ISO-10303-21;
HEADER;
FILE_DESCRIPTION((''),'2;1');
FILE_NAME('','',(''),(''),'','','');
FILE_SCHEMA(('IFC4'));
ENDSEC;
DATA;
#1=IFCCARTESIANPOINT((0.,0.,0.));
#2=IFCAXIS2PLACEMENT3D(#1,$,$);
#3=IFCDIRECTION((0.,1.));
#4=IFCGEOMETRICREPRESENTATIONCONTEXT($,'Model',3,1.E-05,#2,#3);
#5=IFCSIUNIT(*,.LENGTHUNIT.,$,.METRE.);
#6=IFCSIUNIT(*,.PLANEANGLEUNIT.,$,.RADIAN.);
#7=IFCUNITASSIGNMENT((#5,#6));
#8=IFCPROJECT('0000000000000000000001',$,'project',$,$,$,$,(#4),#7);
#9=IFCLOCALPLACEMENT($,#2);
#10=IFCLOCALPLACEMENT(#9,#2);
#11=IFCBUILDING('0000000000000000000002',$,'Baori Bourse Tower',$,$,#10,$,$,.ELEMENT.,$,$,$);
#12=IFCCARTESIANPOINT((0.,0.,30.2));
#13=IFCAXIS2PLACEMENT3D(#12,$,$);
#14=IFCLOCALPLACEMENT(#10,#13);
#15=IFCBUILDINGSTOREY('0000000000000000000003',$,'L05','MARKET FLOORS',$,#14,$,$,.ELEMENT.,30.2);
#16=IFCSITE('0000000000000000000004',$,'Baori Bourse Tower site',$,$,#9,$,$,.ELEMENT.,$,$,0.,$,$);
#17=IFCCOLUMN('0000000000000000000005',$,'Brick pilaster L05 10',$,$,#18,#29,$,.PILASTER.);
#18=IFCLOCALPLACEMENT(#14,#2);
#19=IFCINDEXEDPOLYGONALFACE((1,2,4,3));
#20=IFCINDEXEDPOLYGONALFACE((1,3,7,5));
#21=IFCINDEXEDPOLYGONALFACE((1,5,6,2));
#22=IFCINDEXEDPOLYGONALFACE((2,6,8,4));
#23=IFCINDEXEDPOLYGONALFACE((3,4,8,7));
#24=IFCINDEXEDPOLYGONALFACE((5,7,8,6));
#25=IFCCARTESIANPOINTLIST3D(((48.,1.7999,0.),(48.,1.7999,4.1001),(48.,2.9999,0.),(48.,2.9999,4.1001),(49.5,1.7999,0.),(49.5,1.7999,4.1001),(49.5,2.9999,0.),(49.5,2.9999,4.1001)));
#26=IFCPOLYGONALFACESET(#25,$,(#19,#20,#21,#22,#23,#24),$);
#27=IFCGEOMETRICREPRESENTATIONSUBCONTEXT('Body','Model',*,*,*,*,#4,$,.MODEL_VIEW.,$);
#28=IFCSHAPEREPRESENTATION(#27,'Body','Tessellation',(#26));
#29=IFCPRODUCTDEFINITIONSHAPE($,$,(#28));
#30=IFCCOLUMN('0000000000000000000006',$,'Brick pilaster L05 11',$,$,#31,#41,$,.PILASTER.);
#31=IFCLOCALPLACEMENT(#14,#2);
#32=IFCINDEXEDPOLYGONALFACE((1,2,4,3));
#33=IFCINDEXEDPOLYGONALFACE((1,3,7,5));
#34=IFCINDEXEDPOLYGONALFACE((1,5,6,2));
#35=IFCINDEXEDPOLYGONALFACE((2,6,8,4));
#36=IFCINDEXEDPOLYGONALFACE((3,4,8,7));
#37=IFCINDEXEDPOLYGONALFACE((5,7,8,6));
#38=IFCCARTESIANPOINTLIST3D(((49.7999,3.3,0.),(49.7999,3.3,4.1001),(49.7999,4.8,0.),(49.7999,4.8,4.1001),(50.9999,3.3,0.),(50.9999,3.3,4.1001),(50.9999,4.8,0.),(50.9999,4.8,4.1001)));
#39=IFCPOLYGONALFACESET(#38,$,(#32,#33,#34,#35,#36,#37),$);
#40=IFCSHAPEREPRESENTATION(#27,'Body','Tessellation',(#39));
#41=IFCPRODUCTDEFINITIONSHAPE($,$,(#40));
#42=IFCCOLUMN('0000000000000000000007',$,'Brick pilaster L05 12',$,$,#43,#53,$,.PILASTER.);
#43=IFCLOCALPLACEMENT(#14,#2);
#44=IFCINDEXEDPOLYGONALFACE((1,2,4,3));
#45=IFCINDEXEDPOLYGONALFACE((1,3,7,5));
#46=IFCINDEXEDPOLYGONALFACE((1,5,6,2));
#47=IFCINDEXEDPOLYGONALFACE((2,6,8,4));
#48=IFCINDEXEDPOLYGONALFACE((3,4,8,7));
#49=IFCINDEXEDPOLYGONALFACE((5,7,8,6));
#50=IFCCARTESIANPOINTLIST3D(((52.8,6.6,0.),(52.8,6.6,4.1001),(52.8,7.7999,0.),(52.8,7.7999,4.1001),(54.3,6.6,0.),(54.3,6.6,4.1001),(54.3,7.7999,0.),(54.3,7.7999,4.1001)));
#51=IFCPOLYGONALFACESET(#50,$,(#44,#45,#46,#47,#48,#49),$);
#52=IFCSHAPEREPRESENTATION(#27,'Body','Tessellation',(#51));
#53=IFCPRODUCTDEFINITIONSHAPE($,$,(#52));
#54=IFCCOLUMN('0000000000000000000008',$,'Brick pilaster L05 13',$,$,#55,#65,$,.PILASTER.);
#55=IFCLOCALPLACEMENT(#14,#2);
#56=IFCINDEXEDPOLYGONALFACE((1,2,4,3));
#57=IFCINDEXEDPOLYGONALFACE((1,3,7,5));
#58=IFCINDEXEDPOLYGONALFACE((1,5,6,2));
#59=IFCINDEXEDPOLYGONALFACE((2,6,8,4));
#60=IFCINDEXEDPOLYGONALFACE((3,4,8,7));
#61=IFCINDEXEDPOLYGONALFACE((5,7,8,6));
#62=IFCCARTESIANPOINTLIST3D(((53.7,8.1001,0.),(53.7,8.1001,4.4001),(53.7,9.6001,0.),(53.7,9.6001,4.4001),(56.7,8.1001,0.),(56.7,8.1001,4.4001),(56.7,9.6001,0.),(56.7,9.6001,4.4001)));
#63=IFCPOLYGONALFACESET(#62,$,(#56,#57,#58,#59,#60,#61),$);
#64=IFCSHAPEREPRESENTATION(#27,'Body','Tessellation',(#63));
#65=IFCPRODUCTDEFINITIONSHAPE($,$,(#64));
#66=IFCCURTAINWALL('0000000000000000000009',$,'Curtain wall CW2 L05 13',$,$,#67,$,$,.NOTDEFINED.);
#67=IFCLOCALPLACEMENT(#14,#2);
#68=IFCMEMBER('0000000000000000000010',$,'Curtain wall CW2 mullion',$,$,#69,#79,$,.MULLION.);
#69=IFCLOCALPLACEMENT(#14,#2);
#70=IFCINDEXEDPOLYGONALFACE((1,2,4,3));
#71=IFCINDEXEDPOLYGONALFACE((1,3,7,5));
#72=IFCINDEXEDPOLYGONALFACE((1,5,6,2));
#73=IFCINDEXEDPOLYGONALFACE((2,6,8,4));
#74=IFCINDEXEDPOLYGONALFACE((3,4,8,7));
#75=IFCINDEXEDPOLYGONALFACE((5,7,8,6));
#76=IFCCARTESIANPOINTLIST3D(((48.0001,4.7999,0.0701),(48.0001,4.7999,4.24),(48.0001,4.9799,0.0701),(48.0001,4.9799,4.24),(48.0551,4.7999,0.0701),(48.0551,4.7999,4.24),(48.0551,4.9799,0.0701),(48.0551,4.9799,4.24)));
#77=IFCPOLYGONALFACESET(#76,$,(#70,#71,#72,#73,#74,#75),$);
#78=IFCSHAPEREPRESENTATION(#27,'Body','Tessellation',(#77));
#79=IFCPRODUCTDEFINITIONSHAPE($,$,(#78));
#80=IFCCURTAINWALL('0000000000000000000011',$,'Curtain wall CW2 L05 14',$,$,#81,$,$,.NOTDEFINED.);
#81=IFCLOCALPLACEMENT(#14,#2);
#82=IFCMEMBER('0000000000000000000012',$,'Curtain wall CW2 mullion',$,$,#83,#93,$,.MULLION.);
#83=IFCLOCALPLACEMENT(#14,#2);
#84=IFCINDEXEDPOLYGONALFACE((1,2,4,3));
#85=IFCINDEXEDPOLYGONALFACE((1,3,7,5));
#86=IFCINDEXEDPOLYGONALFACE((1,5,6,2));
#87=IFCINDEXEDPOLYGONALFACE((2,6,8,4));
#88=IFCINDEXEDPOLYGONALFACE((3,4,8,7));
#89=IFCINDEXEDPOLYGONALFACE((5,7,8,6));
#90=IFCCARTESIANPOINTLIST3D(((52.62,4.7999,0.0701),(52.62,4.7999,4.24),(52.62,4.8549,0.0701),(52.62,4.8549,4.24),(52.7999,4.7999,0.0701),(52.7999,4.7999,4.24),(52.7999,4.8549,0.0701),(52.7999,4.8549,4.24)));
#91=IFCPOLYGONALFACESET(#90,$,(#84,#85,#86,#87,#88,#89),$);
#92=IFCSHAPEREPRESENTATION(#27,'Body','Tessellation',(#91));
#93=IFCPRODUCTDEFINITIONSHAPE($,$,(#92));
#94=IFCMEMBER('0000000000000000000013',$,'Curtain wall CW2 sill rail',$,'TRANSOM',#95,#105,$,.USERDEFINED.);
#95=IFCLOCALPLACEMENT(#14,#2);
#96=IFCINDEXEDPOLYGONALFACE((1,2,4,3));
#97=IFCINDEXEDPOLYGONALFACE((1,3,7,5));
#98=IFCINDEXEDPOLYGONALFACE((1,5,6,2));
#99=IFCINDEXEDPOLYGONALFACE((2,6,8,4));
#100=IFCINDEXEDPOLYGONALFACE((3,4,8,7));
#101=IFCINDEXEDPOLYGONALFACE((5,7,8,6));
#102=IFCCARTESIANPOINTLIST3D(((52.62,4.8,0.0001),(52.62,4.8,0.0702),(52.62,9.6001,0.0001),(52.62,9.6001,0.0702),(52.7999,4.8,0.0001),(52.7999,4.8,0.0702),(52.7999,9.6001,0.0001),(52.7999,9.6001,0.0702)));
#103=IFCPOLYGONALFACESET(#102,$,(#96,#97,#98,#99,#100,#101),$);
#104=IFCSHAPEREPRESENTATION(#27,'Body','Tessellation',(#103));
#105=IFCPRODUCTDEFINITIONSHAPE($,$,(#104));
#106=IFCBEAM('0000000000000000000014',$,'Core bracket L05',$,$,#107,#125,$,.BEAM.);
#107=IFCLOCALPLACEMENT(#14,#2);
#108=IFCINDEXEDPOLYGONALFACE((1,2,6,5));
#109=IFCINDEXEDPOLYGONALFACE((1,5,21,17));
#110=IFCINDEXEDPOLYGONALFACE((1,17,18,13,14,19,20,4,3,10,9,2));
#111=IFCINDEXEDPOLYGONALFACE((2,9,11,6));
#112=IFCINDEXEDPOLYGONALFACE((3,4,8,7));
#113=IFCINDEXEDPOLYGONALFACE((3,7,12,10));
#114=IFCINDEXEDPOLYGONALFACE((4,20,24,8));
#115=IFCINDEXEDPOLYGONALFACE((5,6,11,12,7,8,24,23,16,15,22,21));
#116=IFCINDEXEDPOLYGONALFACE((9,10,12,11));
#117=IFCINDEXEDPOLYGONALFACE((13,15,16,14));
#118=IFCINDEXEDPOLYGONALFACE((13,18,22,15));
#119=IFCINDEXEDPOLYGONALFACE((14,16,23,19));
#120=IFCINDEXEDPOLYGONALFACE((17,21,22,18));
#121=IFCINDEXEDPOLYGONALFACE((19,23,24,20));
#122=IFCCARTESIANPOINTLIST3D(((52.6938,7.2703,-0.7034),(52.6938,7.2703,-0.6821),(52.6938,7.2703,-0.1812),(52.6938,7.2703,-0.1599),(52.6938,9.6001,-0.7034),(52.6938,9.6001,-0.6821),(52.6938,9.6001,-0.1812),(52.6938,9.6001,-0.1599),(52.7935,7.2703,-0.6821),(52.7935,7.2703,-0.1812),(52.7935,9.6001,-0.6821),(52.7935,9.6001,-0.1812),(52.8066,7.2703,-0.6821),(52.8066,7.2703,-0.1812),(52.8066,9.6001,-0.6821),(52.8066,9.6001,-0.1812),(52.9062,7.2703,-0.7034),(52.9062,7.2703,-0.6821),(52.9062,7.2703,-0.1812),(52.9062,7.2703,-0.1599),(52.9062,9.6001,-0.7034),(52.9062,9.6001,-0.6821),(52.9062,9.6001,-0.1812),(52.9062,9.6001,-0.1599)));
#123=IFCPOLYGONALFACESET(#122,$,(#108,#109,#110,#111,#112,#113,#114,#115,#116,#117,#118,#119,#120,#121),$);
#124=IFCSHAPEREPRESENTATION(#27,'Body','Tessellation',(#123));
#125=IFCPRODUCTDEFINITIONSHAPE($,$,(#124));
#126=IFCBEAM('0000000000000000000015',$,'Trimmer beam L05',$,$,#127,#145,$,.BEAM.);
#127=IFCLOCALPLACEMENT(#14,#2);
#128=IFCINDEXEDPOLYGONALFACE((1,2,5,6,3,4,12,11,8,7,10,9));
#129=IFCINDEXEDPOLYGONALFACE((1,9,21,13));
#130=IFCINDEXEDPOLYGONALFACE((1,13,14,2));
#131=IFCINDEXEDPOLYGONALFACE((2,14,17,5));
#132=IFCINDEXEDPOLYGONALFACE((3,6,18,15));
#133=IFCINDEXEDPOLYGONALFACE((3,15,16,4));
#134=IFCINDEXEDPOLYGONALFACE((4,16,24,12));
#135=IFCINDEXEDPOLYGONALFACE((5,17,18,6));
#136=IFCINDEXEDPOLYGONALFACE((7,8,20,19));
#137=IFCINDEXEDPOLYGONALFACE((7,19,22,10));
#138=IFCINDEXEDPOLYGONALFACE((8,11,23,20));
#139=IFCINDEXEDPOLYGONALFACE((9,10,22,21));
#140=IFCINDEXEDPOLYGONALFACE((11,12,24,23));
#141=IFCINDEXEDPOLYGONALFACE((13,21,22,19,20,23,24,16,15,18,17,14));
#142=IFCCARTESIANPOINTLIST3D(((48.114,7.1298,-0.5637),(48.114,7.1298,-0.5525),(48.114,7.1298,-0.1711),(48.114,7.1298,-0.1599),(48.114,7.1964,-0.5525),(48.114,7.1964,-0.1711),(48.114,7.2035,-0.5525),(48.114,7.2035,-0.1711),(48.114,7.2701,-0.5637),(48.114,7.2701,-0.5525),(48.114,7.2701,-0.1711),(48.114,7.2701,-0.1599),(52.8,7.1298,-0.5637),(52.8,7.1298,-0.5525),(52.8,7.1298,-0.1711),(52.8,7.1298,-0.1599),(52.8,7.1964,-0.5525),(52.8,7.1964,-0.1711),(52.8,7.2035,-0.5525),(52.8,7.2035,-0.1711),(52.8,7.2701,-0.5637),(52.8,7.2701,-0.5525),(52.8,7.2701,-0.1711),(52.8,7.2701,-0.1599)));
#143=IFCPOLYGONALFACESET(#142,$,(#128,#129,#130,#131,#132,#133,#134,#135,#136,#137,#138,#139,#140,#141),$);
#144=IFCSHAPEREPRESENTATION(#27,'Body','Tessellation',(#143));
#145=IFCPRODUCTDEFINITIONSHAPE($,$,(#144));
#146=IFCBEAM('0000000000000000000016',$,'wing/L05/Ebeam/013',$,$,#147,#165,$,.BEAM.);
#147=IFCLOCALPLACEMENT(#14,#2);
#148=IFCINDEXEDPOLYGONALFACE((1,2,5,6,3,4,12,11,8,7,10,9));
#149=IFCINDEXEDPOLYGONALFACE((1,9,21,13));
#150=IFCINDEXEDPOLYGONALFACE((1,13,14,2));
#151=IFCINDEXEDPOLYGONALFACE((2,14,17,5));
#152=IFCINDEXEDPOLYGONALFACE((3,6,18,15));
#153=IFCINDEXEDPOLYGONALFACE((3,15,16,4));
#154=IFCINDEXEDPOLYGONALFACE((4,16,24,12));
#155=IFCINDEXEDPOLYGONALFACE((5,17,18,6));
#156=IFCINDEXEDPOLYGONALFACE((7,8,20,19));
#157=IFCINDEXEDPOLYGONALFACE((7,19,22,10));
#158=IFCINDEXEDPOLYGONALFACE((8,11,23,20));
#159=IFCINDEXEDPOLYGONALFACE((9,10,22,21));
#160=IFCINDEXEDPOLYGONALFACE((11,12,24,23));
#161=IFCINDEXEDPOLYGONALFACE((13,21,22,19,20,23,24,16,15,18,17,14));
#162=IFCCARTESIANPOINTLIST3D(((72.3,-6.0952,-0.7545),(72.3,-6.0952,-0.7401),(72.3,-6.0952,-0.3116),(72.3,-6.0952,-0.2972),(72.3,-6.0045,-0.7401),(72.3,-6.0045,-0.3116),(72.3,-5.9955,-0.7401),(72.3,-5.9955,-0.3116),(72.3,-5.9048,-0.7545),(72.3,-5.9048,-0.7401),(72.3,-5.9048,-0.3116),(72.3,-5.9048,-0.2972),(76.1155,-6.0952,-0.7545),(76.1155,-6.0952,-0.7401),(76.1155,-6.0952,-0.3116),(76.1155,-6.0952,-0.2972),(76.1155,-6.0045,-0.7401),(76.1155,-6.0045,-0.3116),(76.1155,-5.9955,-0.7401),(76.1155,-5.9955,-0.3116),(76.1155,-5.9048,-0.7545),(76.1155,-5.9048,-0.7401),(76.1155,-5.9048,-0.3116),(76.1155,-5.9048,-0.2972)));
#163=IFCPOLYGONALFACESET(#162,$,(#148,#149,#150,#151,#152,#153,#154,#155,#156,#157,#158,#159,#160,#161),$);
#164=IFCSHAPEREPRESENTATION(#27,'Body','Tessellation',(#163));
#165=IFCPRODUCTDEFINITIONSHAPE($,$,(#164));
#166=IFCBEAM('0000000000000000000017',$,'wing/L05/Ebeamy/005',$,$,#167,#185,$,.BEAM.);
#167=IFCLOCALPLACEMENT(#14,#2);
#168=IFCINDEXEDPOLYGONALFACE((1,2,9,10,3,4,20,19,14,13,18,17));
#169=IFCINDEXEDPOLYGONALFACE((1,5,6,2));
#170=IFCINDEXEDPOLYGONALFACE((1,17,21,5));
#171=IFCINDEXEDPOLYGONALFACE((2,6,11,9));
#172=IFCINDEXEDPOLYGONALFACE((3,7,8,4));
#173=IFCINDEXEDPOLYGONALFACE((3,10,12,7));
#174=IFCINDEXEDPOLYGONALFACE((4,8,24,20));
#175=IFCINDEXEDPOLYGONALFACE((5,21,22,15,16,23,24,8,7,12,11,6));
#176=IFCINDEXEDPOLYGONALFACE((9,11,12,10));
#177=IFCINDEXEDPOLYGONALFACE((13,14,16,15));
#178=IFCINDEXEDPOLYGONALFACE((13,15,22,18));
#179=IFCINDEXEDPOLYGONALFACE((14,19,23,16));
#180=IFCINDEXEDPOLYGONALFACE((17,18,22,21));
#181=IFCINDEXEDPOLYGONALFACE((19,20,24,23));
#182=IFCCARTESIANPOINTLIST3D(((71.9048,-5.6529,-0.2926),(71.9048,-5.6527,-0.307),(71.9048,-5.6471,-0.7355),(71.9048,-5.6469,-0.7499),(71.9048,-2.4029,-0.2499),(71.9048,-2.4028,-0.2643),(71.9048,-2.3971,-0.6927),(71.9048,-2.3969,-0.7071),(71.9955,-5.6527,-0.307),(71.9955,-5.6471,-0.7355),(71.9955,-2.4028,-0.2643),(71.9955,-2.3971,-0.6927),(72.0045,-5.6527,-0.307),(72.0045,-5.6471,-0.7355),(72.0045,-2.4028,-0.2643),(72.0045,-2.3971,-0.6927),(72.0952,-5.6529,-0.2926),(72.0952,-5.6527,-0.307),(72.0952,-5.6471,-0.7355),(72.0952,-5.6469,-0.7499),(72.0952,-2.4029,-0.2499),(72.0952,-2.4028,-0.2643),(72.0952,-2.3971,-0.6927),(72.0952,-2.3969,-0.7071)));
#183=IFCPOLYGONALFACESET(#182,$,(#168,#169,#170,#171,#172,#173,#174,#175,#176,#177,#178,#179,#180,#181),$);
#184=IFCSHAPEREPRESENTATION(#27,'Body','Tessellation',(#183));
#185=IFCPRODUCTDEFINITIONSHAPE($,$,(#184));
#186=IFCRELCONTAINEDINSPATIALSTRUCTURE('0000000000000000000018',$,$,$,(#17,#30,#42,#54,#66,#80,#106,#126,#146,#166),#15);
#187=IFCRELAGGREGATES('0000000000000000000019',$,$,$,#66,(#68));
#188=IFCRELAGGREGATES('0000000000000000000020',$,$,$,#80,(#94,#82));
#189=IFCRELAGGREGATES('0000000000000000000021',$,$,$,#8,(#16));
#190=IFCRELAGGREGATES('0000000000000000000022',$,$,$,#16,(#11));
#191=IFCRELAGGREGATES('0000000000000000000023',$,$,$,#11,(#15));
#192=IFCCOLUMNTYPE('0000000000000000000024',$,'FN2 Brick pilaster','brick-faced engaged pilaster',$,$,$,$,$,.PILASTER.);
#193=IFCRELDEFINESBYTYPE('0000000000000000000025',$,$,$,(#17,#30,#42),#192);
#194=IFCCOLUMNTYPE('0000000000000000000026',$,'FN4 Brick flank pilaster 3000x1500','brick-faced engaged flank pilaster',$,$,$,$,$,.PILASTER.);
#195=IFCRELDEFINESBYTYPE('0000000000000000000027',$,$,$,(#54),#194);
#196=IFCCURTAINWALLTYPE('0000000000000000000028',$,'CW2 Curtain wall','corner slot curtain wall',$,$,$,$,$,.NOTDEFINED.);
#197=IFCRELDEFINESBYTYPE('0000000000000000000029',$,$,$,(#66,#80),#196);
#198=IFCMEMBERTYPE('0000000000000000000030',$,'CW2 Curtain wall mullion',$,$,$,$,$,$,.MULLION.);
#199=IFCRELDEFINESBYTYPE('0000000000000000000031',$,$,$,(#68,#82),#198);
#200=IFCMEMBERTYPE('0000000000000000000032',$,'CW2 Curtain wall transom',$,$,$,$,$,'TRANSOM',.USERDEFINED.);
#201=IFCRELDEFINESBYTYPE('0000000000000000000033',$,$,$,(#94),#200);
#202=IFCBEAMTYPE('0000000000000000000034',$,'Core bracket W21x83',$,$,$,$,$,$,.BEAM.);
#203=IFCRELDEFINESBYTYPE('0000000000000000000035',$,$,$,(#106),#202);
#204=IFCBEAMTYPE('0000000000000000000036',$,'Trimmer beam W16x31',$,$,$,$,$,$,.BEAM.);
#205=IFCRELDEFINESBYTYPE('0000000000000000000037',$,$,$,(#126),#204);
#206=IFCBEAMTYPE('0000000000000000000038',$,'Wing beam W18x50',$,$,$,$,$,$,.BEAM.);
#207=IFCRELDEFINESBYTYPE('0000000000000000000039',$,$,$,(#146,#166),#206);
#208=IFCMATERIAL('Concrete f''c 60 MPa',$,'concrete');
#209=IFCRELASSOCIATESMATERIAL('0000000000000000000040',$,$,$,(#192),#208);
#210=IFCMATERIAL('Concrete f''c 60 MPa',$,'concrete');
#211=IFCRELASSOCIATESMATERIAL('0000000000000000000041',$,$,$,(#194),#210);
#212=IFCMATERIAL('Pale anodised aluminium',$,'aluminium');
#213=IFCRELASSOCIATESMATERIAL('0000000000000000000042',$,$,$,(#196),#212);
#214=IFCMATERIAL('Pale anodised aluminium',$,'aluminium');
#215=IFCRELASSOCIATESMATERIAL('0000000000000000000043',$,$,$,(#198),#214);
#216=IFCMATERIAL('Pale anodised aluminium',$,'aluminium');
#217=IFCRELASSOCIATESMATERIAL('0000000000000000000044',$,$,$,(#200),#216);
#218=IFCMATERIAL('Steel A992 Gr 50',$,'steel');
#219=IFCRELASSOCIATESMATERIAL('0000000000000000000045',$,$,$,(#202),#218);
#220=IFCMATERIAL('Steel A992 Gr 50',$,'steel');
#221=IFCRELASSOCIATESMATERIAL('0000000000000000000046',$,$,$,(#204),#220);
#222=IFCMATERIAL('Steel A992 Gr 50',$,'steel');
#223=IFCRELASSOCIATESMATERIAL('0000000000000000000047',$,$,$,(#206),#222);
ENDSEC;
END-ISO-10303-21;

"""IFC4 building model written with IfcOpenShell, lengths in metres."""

from ifc_helpers import new_model, si_unit, direction, frame, origin, origin_2d, place, context, subcontext, project, spatial, rectangle, i_section, extrude, material, material_profile, profile_set, type_object, element, aggregate, save


model = new_model("IFC4")

# Units and contexts
model_context = context("Model", 3, precision=1e-05, world=origin(), true_north=direction((0.0, 1.0)))
body_context = subcontext(model_context, "Body", "Model", "MODEL_VIEW")
ifc_project = project(units=[si_unit("LENGTHUNIT", "METRE"), si_unit("PLANEANGLEUNIT", "RADIAN")], contexts=[model_context])

# Site, building, storey
site_placement = place(None, origin())
site = spatial("IfcSite", under=ifc_project, at=site_placement, Name="Baori Bourse Tower site", CompositionType="ELEMENT", RefElevation=0.0)
building_placement = place(site_placement, origin())
building = spatial("IfcBuilding", under=site, at=building_placement, Name="Baori Bourse Tower", CompositionType="ELEMENT")
storey_placement = place(building_placement, frame((0.0, 0.0, 30.2)))
storey = spatial("IfcBuildingStorey", under=building, at=storey_placement, Name="L05", Description="MARKET FLOORS", CompositionType="ELEMENT", Elevation=30.2)

# Columns
ifc_material_1 = material(Name="Concrete f'c 60 MPa", Category="concrete")
ifc_material_profile_1 = material_profile(ifc_material_1, rectangle(XDim=1.2, YDim=1.5, at=origin_2d()), Name="RC 1200x1500")
ifc_profile_set_1 = profile_set([ifc_material_profile_1], Name="Concrete f'c 60 MPa")
column_type_1 = type_object("IfcColumnType", Name="FN2 Brick pilaster", Description="brick-faced engaged pilaster", PredefinedType="PILASTER", material=ifc_profile_set_1)
for number, where, z_axis, x_axis, name in (
    (1, (48.75, 2.3999, 0.0), (0.0, 0.0, 1.0), (0.0, 1.0, 0.0), "Brick pilaster L05 10"),
    (2, (50.3999, 4.05, 0.0), (0.0, 0.0, 1.0), (1.0, 0.0, 0.0), "Brick pilaster L05 11"),
    (3, (53.55, 7.2, 0.0), (0.0, 0.0, 1.0), (0.0, 1.0, 0.0), "Brick pilaster L05 12"),
):
    element("IfcColumn", number, at=place(storey_placement, frame(where, z_axis=z_axis, x_axis=x_axis)), inside=storey, type_object=column_type_1, Name=name, PredefinedType="PILASTER", context=body_context, shape_type="SweptSolid", body=[
        extrude(rectangle(XDim=1.2, YDim=1.5, at=origin_2d()), origin(), (0.0, 0.0, 1.0), 4.1001),
    ])
ifc_material_2 = material(Name="Concrete f'c 60 MPa", Category="concrete")
ifc_material_profile_2 = material_profile(ifc_material_2, rectangle(XDim=3.0, YDim=1.5, at=origin_2d()), Name="RC 3000x1500")
ifc_profile_set_2 = profile_set([ifc_material_profile_2], Name="Concrete f'c 60 MPa")
column_type_2 = type_object("IfcColumnType", Name="FN4 Brick flank pilaster 3000x1500", Description="brick-faced engaged flank pilaster", PredefinedType="PILASTER", material=ifc_profile_set_2)
column_placement = place(storey_placement, frame((55.2, 8.8501, 0.0), z_axis=(0.0, 0.0, 1.0), x_axis=(1.0, 0.0, 0.0)))
element("IfcColumn", 4, at=column_placement, inside=storey, type_object=column_type_2, Name="Brick pilaster L05 13", PredefinedType="PILASTER", context=body_context, shape_type="SweptSolid", body=[
    extrude(rectangle(XDim=3.0, YDim=1.5, at=origin_2d()), origin(), (0.0, 0.0, 1.0), 4.4001),
])

# Curtain wall, member
ifc_material_3 = material(Name="Pale anodised aluminium", Category="aluminium")
curtain_wall_type = type_object("IfcCurtainWallType", Name="CW2 Curtain wall", Description="corner slot curtain wall", PredefinedType="NOTDEFINED", material=ifc_material_3)
curtain_wall_1_placement = place(storey_placement, origin())
curtain_wall_1 = element("IfcCurtainWall", 5, at=curtain_wall_1_placement, inside=storey, type_object=curtain_wall_type, Name="Curtain wall CW2 L05 13", PredefinedType="NOTDEFINED")
ifc_material_4 = material(Name="Pale anodised aluminium", Category="aluminium")
ifc_material_profile_3 = material_profile(ifc_material_4, rectangle(XDim=0.1799, YDim=0.0549, at=origin_2d()), Name="Mullion 55x180")
ifc_profile_set_3 = profile_set([ifc_material_profile_3], Name="Pale anodised aluminium")
member_type_1 = type_object("IfcMemberType", Name="CW2 Curtain wall mullion", PredefinedType="MULLION", material=ifc_profile_set_3)
member_1_placement = place(storey_placement, frame((48.0276, 4.8899, 0.0701), z_axis=(0.0, 0.0, 1.0), x_axis=(0.0, 1.0, 0.0)))
member_1 = element("IfcMember", 6, at=member_1_placement, type_object=member_type_1, Name="Curtain wall CW2 mullion", PredefinedType="MULLION", context=body_context, shape_type="SweptSolid", body=[
    extrude(rectangle(XDim=0.1799, YDim=0.0549, at=origin_2d()), origin(), (0.0, 0.0, 1.0), 4.1699),
])

# Curtain wall, members
curtain_wall_2_placement = place(storey_placement, origin())
curtain_wall_2 = element("IfcCurtainWall", 7, at=curtain_wall_2_placement, inside=storey, type_object=curtain_wall_type, Name="Curtain wall CW2 L05 14", PredefinedType="NOTDEFINED")
member_2_placement = place(storey_placement, frame((52.71, 4.8274, 0.0701), z_axis=(0.0, 0.0, 1.0), x_axis=(-1.0, 0.0, 0.0)))
member_2 = element("IfcMember", 8, at=member_2_placement, type_object=member_type_1, Name="Curtain wall CW2 mullion", PredefinedType="MULLION", context=body_context, shape_type="SweptSolid", body=[
    extrude(rectangle(XDim=0.1799, YDim=0.0549, at=origin_2d()), origin(), (0.0, 0.0, 1.0), 4.1699),
])
ifc_material_5 = material(Name="Pale anodised aluminium", Category="aluminium")
ifc_material_profile_4 = material_profile(ifc_material_5, rectangle(XDim=0.1799, YDim=0.0701, at=origin_2d()), Name="Transom 70x180")
ifc_profile_set_4 = profile_set([ifc_material_profile_4], Name="Pale anodised aluminium")
member_type_2 = type_object("IfcMemberType", Name="CW2 Curtain wall transom", ElementType="TRANSOM", PredefinedType="USERDEFINED", material=ifc_profile_set_4)
member_3_placement = place(storey_placement, frame((52.71, 4.8, 0.0352), z_axis=(0.0, 1.0, 0.0), x_axis=(-1.0, 0.0, 0.0)))
member_3 = element("IfcMember", 9, at=member_3_placement, type_object=member_type_2, Name="Curtain wall CW2 sill rail", ObjectType="TRANSOM", PredefinedType="USERDEFINED", context=body_context, shape_type="SweptSolid", body=[
    extrude(rectangle(XDim=0.1799, YDim=0.0701, at=origin_2d()), origin(), (0.0, 0.0, 1.0), 4.8),
])

# Beams
ifc_material_6 = material(Name="Steel A992 Gr 50", Category="steel")
ifc_material_profile_5 = material_profile(ifc_material_6, i_section(OverallWidth=0.2124, OverallDepth=0.5435, WebThickness=0.0132, FlangeThickness=0.0212, at=origin_2d()), Name="W21x83")
ifc_profile_set_5 = profile_set([ifc_material_profile_5], Name="Steel A992 Gr 50")
beam_type_1 = type_object("IfcBeamType", Name="Core bracket W21x83", PredefinedType="BEAM", material=ifc_profile_set_5)
beam_1_placement = place(storey_placement, frame((52.8, 7.2703, -0.4316), z_axis=(0.0, 1.0, 0.0), x_axis=(-1.0, 0.0, 0.0)))
element("IfcBeam", 10, at=beam_1_placement, inside=storey, type_object=beam_type_1, Name="Core bracket L05", PredefinedType="BEAM", context=body_context, shape_type="SweptSolid", body=[
    extrude(i_section(OverallWidth=0.2124, OverallDepth=0.5435, WebThickness=0.0132, FlangeThickness=0.0212, at=origin_2d()), origin(), (0.0, 0.0, 1.0), 2.3298),
])
ifc_material_7 = material(Name="Steel A992 Gr 50", Category="steel")
ifc_material_profile_6 = material_profile(ifc_material_7, i_section(OverallWidth=0.1404, OverallDepth=0.4038, WebThickness=0.0071, FlangeThickness=0.0112, at=origin_2d()), Name="W16x31")
ifc_profile_set_6 = profile_set([ifc_material_profile_6], Name="Steel A992 Gr 50")
beam_type_2 = type_object("IfcBeamType", Name="Trimmer beam W16x31", PredefinedType="BEAM", material=ifc_profile_set_6)
beam_2_placement = place(storey_placement, frame((48.114, 7.2, -0.3618), z_axis=(1.0, 0.0, 0.0), x_axis=(0.0, 1.0, 0.0)))
element("IfcBeam", 11, at=beam_2_placement, inside=storey, type_object=beam_type_2, Name="Trimmer beam L05", PredefinedType="BEAM", context=body_context, shape_type="SweptSolid", body=[
    extrude(i_section(OverallWidth=0.1404, OverallDepth=0.4038, WebThickness=0.0071, FlangeThickness=0.0112, at=origin_2d()), origin(), (0.0, 0.0, 1.0), 4.686),
])
ifc_material_8 = material(Name="Steel A992 Gr 50", Category="steel")
ifc_material_profile_7 = material_profile(ifc_material_8, i_section(OverallWidth=0.1904, OverallDepth=0.4573, WebThickness=0.009, FlangeThickness=0.0144, at=origin_2d()), Name="W18x50")
ifc_profile_set_7 = profile_set([ifc_material_profile_7], Name="Steel A992 Gr 50")
beam_type_3 = type_object("IfcBeamType", Name="Wing beam W18x50", PredefinedType="BEAM", material=ifc_profile_set_7)
beam_3_placement = place(storey_placement, frame((76.1155, -6.0, -0.5259), z_axis=(-1.0, 0.0, 0.0), x_axis=(0.0, -1.0, 0.0)))
element("IfcBeam", 12, at=beam_3_placement, inside=storey, type_object=beam_type_3, Name="wing/L05/Ebeam/013", PredefinedType="BEAM", context=body_context, shape_type="SweptSolid", body=[
    extrude(i_section(OverallWidth=0.1904, OverallDepth=0.4573, WebThickness=0.009, FlangeThickness=0.0144, at=origin_2d()), origin(), (0.0, 0.0, 1.0), 3.8154),
])
for number, where, z_axis, x_axis, name in (
    (13, (72.0, -5.6499, -0.5212), (0.0, 0.999914, 0.013145), (-1.0, 0.0, 0.0), "wing/L05/Ebeamy/005"),
):
    element("IfcBeam", number, at=place(storey_placement, frame(where, z_axis=z_axis, x_axis=x_axis)), inside=storey, type_object=beam_type_3, Name=name, PredefinedType="BEAM", context=body_context, shape_type="SweptSolid", body=[
        extrude(i_section(OverallWidth=0.1904, OverallDepth=0.4573, WebThickness=0.009, FlangeThickness=0.0144, at=origin_2d()), origin(), (0.0, 0.0, 1.0), 3.2502),
    ])

aggregate(curtain_wall_1, [member_1])
aggregate(curtain_wall_2, [member_3, member_2])

save(model, "model.ifc")
